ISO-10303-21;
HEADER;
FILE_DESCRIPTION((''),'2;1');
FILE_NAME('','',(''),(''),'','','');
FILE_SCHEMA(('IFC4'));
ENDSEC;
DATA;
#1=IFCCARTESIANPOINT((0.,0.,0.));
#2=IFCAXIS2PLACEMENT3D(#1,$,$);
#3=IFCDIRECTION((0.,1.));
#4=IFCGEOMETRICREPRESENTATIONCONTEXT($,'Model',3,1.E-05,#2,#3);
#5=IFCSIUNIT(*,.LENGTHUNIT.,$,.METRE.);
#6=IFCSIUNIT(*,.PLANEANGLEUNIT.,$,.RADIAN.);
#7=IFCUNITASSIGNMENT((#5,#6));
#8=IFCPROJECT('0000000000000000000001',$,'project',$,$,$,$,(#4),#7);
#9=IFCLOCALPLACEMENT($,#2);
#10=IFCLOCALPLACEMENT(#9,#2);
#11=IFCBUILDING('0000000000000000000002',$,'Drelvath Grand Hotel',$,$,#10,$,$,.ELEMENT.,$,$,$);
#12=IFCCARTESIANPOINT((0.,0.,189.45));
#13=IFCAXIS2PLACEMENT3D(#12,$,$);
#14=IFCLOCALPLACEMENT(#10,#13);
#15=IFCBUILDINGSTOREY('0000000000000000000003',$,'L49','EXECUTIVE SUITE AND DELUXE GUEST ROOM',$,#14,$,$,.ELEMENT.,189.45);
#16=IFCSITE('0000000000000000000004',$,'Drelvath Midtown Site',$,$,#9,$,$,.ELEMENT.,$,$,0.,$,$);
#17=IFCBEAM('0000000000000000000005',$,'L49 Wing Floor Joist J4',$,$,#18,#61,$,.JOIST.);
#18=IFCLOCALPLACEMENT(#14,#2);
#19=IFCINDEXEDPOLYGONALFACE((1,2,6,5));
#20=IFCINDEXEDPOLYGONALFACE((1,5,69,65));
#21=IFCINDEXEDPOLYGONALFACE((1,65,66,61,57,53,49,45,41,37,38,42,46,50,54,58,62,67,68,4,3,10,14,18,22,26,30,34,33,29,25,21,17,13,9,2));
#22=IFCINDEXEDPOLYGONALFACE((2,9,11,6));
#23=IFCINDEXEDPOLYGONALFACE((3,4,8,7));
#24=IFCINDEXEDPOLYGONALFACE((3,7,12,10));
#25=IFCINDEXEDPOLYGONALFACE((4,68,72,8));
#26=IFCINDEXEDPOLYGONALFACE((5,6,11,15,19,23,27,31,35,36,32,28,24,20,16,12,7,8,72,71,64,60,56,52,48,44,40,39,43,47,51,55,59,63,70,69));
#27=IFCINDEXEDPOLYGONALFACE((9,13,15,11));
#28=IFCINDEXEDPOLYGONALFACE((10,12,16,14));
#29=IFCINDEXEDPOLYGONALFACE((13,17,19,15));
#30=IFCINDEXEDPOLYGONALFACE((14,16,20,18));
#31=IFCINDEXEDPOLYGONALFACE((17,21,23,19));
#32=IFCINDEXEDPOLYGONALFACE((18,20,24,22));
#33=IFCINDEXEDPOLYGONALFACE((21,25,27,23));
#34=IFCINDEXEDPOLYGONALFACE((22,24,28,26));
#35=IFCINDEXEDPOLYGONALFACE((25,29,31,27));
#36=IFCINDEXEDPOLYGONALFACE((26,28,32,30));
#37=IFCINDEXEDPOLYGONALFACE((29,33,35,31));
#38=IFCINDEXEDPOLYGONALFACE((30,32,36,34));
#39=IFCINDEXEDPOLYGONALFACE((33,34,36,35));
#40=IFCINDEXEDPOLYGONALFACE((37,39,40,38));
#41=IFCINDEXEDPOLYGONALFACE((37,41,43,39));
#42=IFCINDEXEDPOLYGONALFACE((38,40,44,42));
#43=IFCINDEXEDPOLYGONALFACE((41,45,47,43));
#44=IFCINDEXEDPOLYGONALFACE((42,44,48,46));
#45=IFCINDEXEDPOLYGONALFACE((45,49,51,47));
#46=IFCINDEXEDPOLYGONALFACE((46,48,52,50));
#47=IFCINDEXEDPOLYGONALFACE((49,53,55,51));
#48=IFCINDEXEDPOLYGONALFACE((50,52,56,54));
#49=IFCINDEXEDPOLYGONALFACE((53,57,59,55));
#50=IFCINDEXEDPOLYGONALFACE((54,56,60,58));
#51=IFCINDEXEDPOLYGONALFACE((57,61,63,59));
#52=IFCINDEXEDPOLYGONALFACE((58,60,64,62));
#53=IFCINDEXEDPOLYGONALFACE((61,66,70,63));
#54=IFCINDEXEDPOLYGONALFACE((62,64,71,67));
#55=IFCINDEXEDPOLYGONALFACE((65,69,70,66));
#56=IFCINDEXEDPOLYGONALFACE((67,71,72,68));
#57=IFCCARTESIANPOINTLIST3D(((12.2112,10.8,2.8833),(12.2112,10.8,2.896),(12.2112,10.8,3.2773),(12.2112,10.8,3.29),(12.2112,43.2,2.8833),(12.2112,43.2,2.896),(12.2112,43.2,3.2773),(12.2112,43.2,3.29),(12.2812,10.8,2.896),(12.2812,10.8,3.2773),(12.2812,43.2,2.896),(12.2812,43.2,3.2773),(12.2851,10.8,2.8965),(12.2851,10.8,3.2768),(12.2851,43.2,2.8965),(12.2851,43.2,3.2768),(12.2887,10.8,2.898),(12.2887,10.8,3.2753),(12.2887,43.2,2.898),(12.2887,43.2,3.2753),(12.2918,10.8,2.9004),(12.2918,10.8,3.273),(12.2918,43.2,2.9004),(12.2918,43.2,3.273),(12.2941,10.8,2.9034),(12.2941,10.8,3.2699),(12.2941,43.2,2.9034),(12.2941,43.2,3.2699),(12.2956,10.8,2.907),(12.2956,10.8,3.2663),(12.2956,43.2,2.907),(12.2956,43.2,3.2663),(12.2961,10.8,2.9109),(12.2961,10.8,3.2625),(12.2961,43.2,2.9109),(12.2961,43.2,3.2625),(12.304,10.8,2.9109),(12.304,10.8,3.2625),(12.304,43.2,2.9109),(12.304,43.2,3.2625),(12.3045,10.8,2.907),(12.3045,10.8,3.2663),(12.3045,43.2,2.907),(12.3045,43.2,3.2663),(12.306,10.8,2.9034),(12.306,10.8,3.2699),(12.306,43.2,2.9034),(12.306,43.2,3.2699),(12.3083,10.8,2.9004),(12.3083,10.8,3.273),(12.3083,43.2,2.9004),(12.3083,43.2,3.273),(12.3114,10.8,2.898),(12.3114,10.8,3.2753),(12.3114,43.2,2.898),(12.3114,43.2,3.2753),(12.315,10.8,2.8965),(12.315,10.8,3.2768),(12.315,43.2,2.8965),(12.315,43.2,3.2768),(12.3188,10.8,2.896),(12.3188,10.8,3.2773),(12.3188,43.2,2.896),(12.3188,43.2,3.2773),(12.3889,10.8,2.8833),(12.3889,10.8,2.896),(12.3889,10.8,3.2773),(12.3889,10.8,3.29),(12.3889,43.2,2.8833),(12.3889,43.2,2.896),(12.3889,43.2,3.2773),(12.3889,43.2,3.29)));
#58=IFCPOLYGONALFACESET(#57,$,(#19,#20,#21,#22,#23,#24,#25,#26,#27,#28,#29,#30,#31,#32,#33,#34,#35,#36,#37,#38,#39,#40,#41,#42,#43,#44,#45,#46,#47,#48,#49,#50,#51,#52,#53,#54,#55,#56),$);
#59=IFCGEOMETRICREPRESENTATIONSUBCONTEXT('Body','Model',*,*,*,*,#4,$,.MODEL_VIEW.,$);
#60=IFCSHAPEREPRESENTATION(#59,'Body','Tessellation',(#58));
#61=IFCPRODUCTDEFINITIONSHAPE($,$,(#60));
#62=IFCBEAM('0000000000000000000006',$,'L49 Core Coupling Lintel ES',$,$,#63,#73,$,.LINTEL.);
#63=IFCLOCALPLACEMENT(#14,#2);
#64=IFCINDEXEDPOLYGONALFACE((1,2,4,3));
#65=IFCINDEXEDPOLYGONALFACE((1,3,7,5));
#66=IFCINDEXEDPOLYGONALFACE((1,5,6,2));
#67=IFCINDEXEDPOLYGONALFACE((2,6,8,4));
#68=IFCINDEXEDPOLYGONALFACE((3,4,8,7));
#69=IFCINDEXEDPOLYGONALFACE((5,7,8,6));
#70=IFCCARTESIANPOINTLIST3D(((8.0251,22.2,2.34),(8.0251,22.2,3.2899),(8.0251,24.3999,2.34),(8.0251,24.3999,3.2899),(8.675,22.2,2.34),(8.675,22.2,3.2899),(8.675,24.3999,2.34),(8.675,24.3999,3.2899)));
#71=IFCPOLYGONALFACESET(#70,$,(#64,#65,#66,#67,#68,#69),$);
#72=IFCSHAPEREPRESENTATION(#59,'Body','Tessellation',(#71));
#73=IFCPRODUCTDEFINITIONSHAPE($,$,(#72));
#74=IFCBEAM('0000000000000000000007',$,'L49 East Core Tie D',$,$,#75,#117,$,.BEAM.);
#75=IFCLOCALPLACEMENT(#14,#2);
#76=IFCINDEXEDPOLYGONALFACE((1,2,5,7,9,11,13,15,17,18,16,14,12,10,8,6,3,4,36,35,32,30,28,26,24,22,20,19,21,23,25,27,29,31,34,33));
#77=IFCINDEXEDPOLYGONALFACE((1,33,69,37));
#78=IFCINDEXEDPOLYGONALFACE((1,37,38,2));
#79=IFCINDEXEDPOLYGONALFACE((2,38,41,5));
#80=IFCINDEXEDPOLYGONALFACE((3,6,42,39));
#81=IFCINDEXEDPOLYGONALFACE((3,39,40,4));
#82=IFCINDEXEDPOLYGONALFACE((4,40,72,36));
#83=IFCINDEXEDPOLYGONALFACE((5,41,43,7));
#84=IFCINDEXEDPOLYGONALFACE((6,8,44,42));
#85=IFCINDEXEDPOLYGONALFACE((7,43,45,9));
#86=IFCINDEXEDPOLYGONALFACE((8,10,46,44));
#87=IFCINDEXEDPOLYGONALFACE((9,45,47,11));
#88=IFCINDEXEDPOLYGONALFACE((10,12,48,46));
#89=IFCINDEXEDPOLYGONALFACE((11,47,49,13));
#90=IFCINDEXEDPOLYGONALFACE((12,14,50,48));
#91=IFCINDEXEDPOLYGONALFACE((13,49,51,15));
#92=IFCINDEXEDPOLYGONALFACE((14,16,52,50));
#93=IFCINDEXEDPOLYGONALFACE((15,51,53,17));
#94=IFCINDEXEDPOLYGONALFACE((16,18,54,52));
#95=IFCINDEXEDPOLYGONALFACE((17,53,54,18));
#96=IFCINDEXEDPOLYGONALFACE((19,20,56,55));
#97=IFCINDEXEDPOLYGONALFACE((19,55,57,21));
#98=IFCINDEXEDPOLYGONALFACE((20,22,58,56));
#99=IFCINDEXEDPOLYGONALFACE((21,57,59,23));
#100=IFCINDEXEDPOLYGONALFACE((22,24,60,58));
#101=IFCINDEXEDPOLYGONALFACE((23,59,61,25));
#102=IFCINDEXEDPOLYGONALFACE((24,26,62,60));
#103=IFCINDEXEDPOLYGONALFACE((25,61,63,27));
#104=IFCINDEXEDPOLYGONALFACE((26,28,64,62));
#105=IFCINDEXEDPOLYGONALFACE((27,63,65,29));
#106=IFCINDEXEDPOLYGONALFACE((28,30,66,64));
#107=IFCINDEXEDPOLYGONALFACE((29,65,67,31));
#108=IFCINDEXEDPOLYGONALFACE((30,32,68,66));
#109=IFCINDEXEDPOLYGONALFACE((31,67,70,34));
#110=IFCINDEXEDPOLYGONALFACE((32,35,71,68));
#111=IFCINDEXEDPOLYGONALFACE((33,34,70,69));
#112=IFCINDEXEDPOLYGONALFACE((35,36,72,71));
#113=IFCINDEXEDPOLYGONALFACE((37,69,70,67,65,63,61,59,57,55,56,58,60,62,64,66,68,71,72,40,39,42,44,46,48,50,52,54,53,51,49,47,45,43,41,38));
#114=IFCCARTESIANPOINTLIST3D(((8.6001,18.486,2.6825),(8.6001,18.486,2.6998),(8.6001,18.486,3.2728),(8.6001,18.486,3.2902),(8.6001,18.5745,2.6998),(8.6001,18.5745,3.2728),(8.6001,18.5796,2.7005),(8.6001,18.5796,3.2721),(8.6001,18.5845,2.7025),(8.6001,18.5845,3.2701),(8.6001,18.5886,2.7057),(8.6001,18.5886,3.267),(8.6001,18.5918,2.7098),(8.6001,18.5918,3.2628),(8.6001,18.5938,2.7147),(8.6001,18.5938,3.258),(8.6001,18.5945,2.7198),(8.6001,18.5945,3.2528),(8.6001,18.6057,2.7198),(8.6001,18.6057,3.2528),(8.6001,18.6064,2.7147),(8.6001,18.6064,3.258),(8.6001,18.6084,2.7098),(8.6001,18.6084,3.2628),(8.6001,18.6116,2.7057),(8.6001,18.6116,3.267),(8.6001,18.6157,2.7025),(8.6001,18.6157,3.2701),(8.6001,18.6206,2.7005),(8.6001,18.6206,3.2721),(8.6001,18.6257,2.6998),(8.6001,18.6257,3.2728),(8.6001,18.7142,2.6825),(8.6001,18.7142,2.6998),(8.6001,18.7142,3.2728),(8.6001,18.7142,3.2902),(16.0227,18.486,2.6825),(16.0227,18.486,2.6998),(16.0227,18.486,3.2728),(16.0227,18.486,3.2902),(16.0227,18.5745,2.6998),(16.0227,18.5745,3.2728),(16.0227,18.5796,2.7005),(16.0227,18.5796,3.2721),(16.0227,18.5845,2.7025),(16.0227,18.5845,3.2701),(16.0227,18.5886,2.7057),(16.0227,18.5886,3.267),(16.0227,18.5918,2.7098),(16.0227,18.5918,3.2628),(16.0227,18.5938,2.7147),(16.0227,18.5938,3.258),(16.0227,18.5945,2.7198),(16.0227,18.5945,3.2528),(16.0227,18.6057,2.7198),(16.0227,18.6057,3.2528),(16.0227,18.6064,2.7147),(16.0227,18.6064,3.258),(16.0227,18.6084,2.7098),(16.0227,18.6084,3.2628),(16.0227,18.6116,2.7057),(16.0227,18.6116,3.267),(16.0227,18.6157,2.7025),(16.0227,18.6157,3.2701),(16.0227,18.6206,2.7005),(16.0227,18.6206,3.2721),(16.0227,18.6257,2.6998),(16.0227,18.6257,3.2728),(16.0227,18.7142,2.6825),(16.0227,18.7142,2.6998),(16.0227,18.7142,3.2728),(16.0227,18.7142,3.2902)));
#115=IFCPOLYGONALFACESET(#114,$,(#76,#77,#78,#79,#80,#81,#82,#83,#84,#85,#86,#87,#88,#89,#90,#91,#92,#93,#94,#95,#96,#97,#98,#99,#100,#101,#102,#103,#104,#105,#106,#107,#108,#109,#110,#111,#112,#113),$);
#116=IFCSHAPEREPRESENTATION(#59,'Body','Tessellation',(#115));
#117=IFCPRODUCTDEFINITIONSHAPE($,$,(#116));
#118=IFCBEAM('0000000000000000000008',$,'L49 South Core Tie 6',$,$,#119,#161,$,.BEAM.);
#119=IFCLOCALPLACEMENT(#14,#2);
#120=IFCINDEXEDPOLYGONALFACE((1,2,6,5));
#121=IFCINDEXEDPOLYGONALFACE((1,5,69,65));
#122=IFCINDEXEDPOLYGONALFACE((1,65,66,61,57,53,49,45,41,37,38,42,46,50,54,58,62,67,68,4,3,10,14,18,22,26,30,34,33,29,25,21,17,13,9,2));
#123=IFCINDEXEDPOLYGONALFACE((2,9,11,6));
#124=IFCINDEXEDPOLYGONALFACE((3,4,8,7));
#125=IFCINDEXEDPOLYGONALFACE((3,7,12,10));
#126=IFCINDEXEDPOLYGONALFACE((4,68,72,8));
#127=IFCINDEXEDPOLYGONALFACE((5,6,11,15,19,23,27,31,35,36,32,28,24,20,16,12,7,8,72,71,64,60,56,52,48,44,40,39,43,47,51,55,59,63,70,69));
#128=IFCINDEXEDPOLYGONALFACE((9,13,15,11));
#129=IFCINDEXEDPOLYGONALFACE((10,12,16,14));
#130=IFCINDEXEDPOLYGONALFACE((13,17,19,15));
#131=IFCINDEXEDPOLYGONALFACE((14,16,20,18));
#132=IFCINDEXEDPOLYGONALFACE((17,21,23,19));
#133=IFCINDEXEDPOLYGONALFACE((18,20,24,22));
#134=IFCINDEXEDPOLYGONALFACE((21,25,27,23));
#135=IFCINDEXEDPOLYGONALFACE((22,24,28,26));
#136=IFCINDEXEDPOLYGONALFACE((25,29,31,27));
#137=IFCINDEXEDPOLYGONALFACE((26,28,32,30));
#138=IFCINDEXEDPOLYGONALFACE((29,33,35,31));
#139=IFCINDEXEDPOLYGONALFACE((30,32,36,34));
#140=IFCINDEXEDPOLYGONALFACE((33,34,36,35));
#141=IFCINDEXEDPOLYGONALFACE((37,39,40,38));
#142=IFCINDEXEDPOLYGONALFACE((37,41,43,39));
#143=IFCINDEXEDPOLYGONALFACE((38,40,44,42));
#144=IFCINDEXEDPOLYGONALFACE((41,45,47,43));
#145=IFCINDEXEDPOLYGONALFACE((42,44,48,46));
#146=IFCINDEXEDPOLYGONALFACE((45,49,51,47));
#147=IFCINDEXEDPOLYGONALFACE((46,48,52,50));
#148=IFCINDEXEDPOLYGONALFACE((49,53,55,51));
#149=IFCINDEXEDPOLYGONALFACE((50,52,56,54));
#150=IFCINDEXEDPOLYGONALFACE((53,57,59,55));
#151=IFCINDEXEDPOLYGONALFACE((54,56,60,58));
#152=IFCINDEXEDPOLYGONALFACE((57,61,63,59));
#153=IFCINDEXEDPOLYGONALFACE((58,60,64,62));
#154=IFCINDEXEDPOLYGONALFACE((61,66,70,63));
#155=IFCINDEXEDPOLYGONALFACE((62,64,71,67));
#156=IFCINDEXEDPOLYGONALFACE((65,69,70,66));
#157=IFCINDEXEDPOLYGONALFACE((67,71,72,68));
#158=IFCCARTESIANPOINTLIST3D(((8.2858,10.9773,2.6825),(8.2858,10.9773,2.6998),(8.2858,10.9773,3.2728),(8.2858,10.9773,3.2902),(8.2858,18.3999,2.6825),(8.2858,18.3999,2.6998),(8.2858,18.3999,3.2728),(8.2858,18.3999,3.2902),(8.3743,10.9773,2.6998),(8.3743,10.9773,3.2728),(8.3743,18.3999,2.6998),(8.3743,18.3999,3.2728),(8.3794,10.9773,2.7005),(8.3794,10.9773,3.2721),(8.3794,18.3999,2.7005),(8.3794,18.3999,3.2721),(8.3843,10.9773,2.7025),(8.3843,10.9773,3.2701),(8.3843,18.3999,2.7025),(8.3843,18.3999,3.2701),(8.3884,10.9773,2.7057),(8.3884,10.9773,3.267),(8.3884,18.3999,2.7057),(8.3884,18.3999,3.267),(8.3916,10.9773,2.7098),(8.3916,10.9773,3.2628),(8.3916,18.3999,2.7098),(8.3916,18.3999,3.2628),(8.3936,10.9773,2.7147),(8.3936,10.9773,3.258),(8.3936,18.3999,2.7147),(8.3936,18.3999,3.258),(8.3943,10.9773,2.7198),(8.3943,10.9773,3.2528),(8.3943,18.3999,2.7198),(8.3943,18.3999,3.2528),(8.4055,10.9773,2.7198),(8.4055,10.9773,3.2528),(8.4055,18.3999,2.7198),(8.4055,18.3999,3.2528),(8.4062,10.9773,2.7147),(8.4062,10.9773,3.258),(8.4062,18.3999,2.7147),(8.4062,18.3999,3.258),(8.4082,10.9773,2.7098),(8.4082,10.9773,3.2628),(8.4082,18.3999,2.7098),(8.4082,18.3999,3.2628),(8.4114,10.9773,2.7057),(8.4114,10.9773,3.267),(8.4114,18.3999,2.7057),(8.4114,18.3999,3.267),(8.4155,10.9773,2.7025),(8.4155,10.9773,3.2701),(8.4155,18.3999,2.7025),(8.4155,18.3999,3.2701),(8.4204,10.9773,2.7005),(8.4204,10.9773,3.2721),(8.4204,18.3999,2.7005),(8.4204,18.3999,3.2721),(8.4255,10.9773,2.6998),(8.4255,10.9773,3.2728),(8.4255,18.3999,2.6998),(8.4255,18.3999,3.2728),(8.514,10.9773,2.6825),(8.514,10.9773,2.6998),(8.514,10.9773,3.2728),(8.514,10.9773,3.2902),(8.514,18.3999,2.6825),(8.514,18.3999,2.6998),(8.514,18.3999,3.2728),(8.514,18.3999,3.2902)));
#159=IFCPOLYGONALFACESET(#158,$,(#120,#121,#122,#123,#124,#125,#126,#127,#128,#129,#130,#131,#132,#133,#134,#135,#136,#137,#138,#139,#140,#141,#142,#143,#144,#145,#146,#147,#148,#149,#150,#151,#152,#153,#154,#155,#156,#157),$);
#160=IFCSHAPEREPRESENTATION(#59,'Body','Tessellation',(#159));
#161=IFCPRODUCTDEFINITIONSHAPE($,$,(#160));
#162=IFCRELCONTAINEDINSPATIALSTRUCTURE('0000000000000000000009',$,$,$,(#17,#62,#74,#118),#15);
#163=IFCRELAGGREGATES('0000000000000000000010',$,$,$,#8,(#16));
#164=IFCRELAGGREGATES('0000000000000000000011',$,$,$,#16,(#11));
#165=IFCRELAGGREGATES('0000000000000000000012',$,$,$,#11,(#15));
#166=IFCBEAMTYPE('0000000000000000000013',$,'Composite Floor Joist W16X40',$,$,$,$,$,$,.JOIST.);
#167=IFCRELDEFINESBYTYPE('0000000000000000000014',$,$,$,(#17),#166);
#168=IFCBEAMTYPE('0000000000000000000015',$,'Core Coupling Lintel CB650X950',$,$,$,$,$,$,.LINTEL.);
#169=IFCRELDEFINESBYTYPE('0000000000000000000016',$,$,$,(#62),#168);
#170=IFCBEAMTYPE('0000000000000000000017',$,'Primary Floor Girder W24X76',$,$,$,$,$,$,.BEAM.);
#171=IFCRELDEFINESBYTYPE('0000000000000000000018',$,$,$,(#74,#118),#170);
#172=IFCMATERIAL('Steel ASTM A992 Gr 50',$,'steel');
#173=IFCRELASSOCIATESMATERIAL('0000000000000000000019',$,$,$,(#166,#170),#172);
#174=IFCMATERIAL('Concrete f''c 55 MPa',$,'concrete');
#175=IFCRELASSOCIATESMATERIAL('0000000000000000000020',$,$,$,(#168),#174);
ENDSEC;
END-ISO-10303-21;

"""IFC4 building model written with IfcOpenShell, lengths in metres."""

from ifc_helpers import new_model, si_unit, direction, frame, origin, origin_2d, place, context, subcontext, project, spatial, rectangle, i_section, extrude, material, material_profile, profile_set, type_object, element, save


model = new_model("IFC4")

# Units and contexts
model_context = context("Model", 3, precision=1e-05, world=origin(), true_north=direction((0.0, 1.0)))
body_context = subcontext(model_context, "Body", "Model", "MODEL_VIEW")
ifc_project = project(units=[si_unit("LENGTHUNIT", "METRE"), si_unit("PLANEANGLEUNIT", "RADIAN")], contexts=[model_context])

# Site, building, storey
site_placement = place(None, origin())
site = spatial("IfcSite", under=ifc_project, at=site_placement, Name="Drelvath Midtown Site", CompositionType="ELEMENT", RefElevation=0.0)
building_placement = place(site_placement, origin())
building = spatial("IfcBuilding", under=site, at=building_placement, Name="Drelvath Grand Hotel", CompositionType="ELEMENT")
storey_placement = place(building_placement, frame((0.0, 0.0, 189.45)))
storey = spatial("IfcBuildingStorey", under=building, at=storey_placement, Name="L49", Description="EXECUTIVE SUITE AND DELUXE GUEST ROOM", CompositionType="ELEMENT", Elevation=189.45)

# Beams
ifc_material_1 = material(Name="Steel ASTM A992 Gr 50", Category="steel")
ifc_material_profile_1 = material_profile(ifc_material_1, i_section(OverallWidth=0.1777, OverallDepth=0.4067, WebThickness=0.0078, FlangeThickness=0.0127, FilletRadius=0.0149, at=origin_2d()), Name="W16X40")
ifc_profile_set_1 = profile_set([ifc_material_profile_1], Name="Steel ASTM A992 Gr 50")
beam_type_1 = type_object("IfcBeamType", Name="Composite Floor Joist W16X40", PredefinedType="JOIST", material=ifc_profile_set_1)
beam_1_placement = place(storey_placement, frame((12.3, 10.8, 3.0867), z_axis=(0.0, 1.0, 0.0), x_axis=(-1.0, 0.0, 0.0)))
element("IfcBeam", 1, at=beam_1_placement, inside=storey, type_object=beam_type_1, Name="L49 Wing Floor Joist J4", PredefinedType="JOIST", context=body_context, shape_type="SweptSolid", body=[
    extrude(i_section(OverallWidth=0.1777, OverallDepth=0.4067, WebThickness=0.0078, FlangeThickness=0.0127, FilletRadius=0.0149, at=origin_2d()), origin(), (0.0, 0.0, 1.0), 32.3999),
])
ifc_material_2 = material(Name="Concrete f'c 55 MPa", Category="concrete")
ifc_material_profile_2 = material_profile(ifc_material_2, rectangle(XDim=0.6499, YDim=0.95, at=origin_2d()), Name="CB650X950")
ifc_profile_set_2 = profile_set([ifc_material_profile_2], Name="Concrete f'c 55 MPa")
beam_type_2 = type_object("IfcBeamType", Name="Core Coupling Lintel CB650X950", PredefinedType="LINTEL", material=ifc_profile_set_2)
beam_2_placement = place(storey_placement, frame((8.3501, 22.2, 2.8149), z_axis=(0.0, 1.0, 0.0), x_axis=(-1.0, 0.0, 0.0)))
element("IfcBeam", 2, at=beam_2_placement, inside=storey, type_object=beam_type_2, Name="L49 Core Coupling Lintel ES", PredefinedType="LINTEL", context=body_context, shape_type="SweptSolid", body=[
    extrude(rectangle(XDim=0.6499, YDim=0.95, at=origin_2d()), origin(), (0.0, 0.0, 1.0), 2.2),
])
ifc_material_profile_3 = material_profile(ifc_material_1, i_section(OverallWidth=0.2283, OverallDepth=0.6077, WebThickness=0.0112, FlangeThickness=0.0173, FilletRadius=0.02, at=origin_2d()), Name="W24X76")
ifc_profile_set_3 = profile_set([ifc_material_profile_3], Name="Steel ASTM A992 Gr 50")
beam_type_3 = type_object("IfcBeamType", Name="Primary Floor Girder W24X76", PredefinedType="BEAM", material=ifc_profile_set_3)
for number, where, z_axis, x_axis, name in (
    (3, (8.6001, 18.6001, 2.9863), (1.0, 0.0, 0.0), (0.0, 1.0, 0.0), "L49 East Core Tie D"),
    (4, (8.3999, 10.9773, 2.9863), (0.0, 1.0, 0.0), (-1.0, 0.0, 0.0), "L49 South Core Tie 6"),
):
    element("IfcBeam", number, at=place(storey_placement, frame(where, z_axis=z_axis, x_axis=x_axis)), inside=storey, type_object=beam_type_3, Name=name, PredefinedType="BEAM", context=body_context, shape_type="SweptSolid", body=[
        extrude(i_section(OverallWidth=0.2283, OverallDepth=0.6077, WebThickness=0.0112, FlangeThickness=0.0173, FilletRadius=0.02, at=origin_2d()), origin(), (0.0, 0.0, 1.0), 7.4226),
    ])

save(model, "model.ifc")
